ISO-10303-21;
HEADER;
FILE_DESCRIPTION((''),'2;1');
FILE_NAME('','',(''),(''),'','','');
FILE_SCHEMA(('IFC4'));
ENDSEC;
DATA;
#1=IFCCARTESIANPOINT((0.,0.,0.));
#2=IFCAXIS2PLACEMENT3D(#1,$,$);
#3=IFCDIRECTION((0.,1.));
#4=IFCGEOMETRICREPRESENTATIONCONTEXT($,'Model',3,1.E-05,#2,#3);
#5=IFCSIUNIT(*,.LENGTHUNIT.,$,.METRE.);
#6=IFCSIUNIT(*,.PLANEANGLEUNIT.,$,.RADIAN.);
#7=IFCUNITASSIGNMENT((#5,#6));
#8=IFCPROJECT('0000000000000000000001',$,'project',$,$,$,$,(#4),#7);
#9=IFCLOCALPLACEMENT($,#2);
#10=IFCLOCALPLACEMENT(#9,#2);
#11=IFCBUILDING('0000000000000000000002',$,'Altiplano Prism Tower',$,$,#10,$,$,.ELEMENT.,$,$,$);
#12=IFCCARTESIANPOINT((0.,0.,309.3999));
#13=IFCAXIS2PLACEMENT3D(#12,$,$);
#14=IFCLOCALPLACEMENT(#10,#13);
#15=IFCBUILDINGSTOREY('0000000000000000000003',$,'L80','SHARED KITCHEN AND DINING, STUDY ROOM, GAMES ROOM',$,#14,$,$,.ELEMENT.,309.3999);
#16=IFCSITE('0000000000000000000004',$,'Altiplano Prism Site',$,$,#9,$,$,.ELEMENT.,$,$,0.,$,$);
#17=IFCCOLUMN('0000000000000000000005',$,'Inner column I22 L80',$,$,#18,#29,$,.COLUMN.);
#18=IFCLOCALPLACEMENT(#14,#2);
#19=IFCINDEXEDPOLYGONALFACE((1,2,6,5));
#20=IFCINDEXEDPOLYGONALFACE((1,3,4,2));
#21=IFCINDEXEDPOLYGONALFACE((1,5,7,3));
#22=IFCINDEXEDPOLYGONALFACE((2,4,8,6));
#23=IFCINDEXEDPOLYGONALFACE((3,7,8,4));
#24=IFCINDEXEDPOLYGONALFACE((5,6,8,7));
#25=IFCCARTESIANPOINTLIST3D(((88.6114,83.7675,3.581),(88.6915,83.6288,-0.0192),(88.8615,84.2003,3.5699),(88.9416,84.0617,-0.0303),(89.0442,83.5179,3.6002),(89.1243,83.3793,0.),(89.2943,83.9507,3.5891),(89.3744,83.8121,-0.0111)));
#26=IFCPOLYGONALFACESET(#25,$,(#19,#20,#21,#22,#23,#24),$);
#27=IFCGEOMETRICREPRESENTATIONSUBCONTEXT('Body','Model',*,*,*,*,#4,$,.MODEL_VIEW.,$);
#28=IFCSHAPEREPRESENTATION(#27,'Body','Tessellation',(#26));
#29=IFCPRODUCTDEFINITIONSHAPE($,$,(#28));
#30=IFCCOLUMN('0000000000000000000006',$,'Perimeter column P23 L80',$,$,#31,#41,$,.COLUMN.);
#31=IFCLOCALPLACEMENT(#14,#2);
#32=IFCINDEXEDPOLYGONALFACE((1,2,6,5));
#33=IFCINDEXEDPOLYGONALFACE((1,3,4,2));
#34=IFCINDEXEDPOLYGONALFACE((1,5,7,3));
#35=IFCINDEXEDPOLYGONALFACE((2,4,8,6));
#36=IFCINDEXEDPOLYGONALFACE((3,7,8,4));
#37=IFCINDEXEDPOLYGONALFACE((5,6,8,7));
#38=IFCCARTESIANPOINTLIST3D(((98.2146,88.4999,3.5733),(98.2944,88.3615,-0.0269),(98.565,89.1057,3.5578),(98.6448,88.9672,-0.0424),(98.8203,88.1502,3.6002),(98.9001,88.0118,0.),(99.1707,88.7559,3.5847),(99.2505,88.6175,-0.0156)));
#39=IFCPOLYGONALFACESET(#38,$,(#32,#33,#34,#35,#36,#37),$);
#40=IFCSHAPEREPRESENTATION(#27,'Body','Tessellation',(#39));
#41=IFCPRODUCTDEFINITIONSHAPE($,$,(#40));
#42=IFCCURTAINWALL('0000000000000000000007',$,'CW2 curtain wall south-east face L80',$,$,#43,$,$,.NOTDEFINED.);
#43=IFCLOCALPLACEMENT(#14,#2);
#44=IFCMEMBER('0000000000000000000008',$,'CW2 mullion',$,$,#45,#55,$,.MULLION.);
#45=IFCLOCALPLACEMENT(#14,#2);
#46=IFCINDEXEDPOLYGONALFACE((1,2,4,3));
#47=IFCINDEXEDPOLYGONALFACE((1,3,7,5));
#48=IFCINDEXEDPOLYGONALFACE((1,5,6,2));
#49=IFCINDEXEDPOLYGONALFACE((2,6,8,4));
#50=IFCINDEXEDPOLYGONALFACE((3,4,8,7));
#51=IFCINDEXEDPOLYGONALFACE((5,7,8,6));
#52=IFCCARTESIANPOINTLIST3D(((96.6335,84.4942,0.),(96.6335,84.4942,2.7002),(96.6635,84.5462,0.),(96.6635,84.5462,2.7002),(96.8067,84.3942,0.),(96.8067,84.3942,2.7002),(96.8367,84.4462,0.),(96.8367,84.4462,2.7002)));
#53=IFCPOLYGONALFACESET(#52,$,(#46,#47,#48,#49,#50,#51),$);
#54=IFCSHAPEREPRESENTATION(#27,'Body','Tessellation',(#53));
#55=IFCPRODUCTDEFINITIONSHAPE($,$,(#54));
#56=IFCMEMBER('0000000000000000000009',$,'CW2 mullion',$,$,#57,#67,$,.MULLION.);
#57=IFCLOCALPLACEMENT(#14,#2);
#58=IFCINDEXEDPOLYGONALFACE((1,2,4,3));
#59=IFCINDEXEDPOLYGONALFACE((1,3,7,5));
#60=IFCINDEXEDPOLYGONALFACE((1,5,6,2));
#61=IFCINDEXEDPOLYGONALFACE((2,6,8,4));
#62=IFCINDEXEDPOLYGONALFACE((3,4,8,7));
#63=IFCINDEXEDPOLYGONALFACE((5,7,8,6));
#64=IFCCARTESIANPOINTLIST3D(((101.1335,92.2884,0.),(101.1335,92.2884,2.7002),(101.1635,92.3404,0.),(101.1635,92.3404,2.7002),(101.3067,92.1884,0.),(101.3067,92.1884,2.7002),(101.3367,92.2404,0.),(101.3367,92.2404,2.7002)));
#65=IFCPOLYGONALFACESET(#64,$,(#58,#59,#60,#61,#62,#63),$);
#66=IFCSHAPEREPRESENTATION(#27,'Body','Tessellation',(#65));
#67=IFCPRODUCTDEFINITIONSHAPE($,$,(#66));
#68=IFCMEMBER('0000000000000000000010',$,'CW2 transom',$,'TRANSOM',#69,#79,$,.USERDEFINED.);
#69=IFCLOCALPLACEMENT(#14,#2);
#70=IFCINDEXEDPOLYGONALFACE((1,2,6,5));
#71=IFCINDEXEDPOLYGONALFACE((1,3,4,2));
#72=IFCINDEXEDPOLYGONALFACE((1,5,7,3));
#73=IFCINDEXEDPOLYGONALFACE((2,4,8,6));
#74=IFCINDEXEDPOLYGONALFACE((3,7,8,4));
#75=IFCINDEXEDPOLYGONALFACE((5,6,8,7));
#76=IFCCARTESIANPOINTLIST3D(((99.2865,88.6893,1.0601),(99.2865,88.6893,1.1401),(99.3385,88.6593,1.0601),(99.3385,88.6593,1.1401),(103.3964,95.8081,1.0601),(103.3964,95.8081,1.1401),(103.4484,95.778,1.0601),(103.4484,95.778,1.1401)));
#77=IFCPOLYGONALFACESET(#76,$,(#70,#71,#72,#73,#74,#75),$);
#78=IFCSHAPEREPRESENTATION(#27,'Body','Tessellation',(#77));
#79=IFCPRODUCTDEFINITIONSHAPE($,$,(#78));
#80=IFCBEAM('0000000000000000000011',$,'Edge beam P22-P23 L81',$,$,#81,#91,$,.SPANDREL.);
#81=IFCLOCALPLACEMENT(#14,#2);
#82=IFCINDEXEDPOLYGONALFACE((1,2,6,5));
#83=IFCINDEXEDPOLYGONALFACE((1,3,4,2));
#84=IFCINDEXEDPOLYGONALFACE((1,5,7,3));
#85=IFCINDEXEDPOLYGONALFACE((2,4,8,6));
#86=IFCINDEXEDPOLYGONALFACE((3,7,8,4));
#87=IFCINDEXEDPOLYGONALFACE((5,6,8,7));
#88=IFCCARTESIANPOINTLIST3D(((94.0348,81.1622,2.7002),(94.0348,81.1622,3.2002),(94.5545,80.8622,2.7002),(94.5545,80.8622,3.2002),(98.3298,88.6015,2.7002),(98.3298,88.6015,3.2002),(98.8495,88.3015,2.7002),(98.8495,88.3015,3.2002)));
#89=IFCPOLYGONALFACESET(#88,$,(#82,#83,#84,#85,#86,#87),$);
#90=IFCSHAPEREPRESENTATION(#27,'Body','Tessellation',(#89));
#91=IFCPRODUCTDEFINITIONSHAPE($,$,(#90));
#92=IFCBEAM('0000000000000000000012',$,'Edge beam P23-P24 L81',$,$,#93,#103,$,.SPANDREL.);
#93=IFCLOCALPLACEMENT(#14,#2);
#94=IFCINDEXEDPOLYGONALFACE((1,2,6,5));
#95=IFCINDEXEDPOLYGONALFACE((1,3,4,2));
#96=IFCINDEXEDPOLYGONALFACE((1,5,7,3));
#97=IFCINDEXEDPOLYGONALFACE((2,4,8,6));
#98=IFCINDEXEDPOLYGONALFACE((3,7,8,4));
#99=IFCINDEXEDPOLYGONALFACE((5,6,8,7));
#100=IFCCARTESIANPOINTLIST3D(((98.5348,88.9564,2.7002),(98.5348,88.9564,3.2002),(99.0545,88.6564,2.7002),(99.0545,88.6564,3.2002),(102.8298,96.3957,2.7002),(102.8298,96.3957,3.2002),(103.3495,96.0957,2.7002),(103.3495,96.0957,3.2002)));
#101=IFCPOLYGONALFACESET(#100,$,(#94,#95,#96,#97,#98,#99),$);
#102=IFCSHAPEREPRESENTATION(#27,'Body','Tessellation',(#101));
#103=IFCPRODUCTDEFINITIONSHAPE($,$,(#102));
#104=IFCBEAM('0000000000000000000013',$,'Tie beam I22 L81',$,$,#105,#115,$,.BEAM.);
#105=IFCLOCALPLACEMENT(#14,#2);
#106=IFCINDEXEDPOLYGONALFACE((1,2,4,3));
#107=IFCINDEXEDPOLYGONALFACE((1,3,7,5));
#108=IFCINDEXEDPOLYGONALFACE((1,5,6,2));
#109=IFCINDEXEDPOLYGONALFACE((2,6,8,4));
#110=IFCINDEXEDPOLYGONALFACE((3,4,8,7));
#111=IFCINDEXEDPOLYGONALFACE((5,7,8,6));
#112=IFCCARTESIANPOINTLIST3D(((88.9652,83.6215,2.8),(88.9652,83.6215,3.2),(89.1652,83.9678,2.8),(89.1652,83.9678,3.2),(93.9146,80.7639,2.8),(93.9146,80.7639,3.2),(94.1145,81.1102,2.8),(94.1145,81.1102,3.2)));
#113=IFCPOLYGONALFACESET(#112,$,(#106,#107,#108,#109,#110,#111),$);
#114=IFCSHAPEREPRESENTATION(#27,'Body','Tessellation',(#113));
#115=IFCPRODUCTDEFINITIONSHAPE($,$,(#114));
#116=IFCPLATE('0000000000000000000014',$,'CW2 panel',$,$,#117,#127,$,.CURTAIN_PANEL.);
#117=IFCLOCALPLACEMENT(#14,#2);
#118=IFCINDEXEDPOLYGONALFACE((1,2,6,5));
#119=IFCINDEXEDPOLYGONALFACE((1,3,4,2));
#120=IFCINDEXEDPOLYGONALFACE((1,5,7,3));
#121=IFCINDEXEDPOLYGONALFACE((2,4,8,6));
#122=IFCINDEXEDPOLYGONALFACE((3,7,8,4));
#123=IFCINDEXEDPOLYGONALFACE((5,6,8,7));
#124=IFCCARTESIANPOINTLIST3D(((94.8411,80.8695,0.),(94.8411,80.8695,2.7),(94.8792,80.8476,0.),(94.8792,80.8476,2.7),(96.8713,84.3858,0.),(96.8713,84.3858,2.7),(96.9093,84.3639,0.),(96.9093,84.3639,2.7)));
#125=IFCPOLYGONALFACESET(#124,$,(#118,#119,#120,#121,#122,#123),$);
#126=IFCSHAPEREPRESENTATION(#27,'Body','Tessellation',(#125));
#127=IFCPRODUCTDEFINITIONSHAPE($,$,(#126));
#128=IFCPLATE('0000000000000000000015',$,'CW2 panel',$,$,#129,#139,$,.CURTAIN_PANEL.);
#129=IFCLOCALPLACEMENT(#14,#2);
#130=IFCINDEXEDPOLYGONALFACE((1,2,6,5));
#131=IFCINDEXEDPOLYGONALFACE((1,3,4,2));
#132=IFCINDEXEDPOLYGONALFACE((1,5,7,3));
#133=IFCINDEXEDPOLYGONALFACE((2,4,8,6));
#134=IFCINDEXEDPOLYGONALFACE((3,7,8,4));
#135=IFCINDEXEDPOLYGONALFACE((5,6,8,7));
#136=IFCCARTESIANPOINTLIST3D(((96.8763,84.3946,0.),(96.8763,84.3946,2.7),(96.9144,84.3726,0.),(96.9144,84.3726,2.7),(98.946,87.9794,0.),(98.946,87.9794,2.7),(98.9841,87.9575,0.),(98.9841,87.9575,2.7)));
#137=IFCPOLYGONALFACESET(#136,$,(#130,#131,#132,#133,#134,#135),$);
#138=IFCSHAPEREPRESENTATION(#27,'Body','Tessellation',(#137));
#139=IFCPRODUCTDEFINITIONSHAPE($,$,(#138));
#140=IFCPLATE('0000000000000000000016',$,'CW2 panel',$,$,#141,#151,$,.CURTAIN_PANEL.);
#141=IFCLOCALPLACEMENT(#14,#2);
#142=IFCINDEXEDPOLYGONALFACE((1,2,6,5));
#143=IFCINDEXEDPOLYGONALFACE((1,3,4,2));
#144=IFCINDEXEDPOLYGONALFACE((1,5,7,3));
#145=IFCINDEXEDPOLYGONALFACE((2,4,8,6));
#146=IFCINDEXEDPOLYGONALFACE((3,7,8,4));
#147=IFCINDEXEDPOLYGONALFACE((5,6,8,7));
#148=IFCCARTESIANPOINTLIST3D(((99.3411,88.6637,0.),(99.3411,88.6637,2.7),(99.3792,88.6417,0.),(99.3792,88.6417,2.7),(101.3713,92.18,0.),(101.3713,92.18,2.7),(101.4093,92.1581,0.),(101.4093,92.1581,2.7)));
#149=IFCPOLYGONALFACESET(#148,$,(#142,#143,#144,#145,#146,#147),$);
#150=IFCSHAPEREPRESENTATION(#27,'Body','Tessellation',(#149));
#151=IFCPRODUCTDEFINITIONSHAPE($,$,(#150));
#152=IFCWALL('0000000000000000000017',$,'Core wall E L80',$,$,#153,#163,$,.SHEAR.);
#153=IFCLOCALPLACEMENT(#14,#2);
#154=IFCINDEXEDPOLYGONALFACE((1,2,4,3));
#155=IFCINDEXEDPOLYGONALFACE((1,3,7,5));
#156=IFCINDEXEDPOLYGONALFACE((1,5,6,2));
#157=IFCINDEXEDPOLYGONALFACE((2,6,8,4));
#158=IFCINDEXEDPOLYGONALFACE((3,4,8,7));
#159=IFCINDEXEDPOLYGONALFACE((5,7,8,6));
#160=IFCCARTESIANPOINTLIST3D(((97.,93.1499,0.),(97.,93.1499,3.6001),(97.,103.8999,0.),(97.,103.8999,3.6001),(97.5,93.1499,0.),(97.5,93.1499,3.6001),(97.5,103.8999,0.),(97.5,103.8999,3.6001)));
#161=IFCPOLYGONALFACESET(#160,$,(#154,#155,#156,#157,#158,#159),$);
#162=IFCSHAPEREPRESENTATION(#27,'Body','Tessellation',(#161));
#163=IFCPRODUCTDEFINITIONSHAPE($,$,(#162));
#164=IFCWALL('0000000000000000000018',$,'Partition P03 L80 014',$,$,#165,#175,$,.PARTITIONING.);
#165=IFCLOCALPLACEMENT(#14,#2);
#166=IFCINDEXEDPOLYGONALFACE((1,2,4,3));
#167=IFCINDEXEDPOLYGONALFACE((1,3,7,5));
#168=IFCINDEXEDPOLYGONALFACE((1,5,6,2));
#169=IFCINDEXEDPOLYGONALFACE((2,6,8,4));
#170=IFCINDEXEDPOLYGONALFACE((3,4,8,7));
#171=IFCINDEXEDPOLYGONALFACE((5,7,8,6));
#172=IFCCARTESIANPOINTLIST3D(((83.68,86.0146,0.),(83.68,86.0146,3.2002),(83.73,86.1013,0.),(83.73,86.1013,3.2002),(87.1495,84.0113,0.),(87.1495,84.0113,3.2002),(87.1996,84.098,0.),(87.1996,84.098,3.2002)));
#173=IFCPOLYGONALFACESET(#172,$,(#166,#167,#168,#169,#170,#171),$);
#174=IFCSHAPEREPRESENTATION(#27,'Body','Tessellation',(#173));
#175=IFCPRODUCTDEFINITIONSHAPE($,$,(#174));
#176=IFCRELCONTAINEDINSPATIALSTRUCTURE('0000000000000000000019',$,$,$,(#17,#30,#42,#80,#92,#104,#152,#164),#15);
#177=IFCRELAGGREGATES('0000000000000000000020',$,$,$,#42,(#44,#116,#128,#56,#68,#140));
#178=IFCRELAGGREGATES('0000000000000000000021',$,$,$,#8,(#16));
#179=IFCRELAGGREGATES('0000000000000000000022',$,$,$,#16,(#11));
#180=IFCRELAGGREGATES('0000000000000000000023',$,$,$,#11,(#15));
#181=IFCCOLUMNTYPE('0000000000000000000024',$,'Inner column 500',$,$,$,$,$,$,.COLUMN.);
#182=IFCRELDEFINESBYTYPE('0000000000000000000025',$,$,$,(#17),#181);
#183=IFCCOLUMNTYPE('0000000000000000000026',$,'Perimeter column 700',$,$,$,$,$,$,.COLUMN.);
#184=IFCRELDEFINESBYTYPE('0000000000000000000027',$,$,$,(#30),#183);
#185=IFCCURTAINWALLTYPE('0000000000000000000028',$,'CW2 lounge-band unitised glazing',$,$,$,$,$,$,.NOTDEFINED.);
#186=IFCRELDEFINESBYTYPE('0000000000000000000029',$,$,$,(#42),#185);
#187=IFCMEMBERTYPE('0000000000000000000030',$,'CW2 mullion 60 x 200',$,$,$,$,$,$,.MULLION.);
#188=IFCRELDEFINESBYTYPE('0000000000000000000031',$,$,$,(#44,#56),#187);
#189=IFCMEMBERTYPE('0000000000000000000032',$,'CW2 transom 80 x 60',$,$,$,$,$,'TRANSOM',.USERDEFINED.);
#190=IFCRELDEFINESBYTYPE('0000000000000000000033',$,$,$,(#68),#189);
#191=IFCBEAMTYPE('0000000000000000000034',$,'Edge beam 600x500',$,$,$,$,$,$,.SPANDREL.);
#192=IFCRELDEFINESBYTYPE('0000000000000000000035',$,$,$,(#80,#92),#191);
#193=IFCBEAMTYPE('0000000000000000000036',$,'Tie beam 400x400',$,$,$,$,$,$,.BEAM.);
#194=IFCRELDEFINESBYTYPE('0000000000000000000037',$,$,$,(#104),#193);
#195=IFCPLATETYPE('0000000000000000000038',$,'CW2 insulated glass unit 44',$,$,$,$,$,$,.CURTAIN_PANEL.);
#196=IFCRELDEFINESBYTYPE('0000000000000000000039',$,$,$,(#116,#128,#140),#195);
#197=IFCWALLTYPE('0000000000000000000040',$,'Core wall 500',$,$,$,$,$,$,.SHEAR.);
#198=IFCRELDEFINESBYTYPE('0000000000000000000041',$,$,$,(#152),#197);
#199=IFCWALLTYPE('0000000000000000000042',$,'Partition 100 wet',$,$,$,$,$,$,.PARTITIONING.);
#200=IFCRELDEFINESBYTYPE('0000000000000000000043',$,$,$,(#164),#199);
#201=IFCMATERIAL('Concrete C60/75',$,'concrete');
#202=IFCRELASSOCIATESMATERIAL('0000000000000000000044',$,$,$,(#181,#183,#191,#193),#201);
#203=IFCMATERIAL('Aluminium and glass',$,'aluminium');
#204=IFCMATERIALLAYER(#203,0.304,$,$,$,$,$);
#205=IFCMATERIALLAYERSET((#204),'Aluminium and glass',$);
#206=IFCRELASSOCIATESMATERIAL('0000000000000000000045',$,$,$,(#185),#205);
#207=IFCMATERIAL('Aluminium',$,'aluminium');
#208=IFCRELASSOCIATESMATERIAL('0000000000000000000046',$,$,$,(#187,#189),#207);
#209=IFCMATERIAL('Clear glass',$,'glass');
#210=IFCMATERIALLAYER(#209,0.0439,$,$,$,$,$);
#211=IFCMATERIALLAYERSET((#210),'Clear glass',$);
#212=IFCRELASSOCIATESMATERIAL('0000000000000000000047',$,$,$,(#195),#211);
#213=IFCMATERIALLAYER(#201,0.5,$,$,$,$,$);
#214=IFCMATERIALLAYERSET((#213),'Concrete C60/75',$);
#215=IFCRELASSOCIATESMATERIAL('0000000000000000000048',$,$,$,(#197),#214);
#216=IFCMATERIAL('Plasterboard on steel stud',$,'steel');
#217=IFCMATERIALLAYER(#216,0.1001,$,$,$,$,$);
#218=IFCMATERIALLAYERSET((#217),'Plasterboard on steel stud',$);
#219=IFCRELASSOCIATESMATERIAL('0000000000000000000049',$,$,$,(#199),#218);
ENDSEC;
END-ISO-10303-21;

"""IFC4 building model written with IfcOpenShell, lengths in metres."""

from ifc_helpers import new_model, si_unit, direction, frame, frame_2d, origin, origin_2d, place, context, subcontext, project, spatial, rectangle, extrude, material, layer, layer_set, material_profile, profile_set, type_object, element, aggregate, save


model = new_model("IFC4")

# Units and contexts
model_context = context("Model", 3, precision=1e-05, world=origin(), true_north=direction((0.0, 1.0)))
body_context = subcontext(model_context, "Body", "Model", "MODEL_VIEW")
ifc_project = project(units=[si_unit("LENGTHUNIT", "METRE"), si_unit("PLANEANGLEUNIT", "RADIAN")], contexts=[model_context])

# Site, building, storey
site_placement = place(None, origin())
site = spatial("IfcSite", under=ifc_project, at=site_placement, Name="Altiplano Prism Site", CompositionType="ELEMENT", RefElevation=0.0)
building_placement = place(site_placement, origin())
building = spatial("IfcBuilding", under=site, at=building_placement, Name="Altiplano Prism Tower", CompositionType="ELEMENT")
storey_placement = place(building_placement, frame((0.0, 0.0, 309.3999)))
storey = spatial("IfcBuildingStorey", under=building, at=storey_placement, Name="L80", Description="SHARED KITCHEN AND DINING, STUDY ROOM, GAMES ROOM", CompositionType="ELEMENT", Elevation=309.3999)

# Columns
ifc_material_1 = material(Name="Concrete C60/75", Category="concrete")
ifc_material_profile_1 = material_profile(ifc_material_1, rectangle(XDim=0.5, YDim=0.5, at=origin_2d()), Name="Inner column 500")
ifc_profile_set_1 = profile_set([ifc_material_profile_1], Name="Concrete C60/75")
column_type_1 = type_object("IfcColumnType", Name="Inner column 500", PredefinedType="COLUMN", material=ifc_profile_set_1)
column_1_placement = place(storey_placement, frame((89.033, 83.7205, -0.0151), z_axis=(-0.022221, 0.038481, 0.999012), x_axis=(-0.500175, -0.865639, 0.022218)))
element("IfcColumn", 1, at=column_1_placement, inside=storey, type_object=column_type_1, Name="Inner column I22 L80", PredefinedType="COLUMN", context=body_context, shape_type="SweptSolid", body=[
    extrude(rectangle(XDim=0.5, YDim=0.5, at=origin_2d()), origin(), (0.0, 0.0, 1.0), 3.6038),
])
ifc_material_profile_2 = material_profile(ifc_material_1, rectangle(XDim=0.7, YDim=0.7, at=origin_2d()), Name="Perimeter column 700")
ifc_profile_set_2 = profile_set([ifc_material_profile_2], Name="Concrete C60/75")
column_type_2 = type_object("IfcColumnType", Name="Perimeter column 700", PredefinedType="COLUMN", material=ifc_profile_set_2)
column_2_placement = place(storey_placement, frame((98.7725, 88.4895, -0.0212), z_axis=(-0.022154, 0.038413, 0.999016), x_axis=(-0.500653, -0.865364, 0.022172)))
element("IfcColumn", 2, at=column_2_placement, inside=storey, type_object=column_type_2, Name="Perimeter column P23 L80", PredefinedType="COLUMN", context=body_context, shape_type="SweptSolid", body=[
    extrude(rectangle(XDim=0.7, YDim=0.7, at=origin_2d()), origin(), (0.0, 0.0, 1.0), 3.6038),
])

# Curtain wall, members
ifc_material_2 = material(Name="Aluminium and glass", Category="aluminium")
ifc_layer_1 = layer(ifc_material_2, 0.304)
ifc_layer_set_1 = layer_set([ifc_layer_1], Name="Aluminium and glass")
curtain_wall_type = type_object("IfcCurtainWallType", Name="CW2 lounge-band unitised glazing", PredefinedType="NOTDEFINED", material=ifc_layer_set_1)
curtain_wall_placement = place(storey_placement, origin())
curtain_wall = element("IfcCurtainWall", 3, at=curtain_wall_placement, inside=storey, type_object=curtain_wall_type, Name="CW2 curtain wall south-east face L80", PredefinedType="NOTDEFINED")
ifc_material_3 = material(Name="Aluminium", Category="aluminium")
ifc_material_profile_3 = material_profile(ifc_material_3, rectangle(XDim=0.2, YDim=0.0601, at=origin_2d()), Name="CW2 mullion 60 x 200")
ifc_profile_set_3 = profile_set([ifc_material_profile_3], Name="Aluminium")
member_type_1 = type_object("IfcMemberType", Name="CW2 mullion 60 x 200", PredefinedType="MULLION", material=ifc_profile_set_3)
member_1_placement = place(storey_placement, frame((96.7351, 84.4702, 0.0), z_axis=(0.0, 0.0, 1.0), x_axis=(-0.866025, 0.5, 0.0)))
member_1 = element("IfcMember", 4, at=member_1_placement, type_object=member_type_1, Name="CW2 mullion", PredefinedType="MULLION", context=body_context, shape_type="SweptSolid", body=[
    extrude(rectangle(XDim=0.2, YDim=0.0601, at=origin_2d()), origin(), (0.0, 0.0, 1.0), 2.7002),
])
member_2_placement = place(storey_placement, frame((101.2351, 92.2644, 0.0), z_axis=(0.0, 0.0, 1.0), x_axis=(-0.866025, 0.5, 0.0)))
member_2 = element("IfcMember", 5, at=member_2_placement, type_object=member_type_1, Name="CW2 mullion", PredefinedType="MULLION", context=body_context, shape_type="SweptSolid", body=[
    extrude(rectangle(XDim=0.2, YDim=0.0601, at=origin_2d()), origin(), (0.0, 0.0, 1.0), 2.7002),
])
ifc_material_profile_4 = material_profile(ifc_material_3, rectangle(XDim=0.0601, YDim=0.0801, at=origin_2d()), Name="CW2 transom 80 x 60")
ifc_profile_set_4 = profile_set([ifc_material_profile_4], Name="Aluminium")
member_type_2 = type_object("IfcMemberType", Name="CW2 transom 80 x 60", ElementType="TRANSOM", PredefinedType="USERDEFINED", material=ifc_profile_set_4)
member_3_placement = place(storey_placement, frame((99.3125, 88.6743, 1.1001), z_axis=(0.499992, 0.86603, 0.0), x_axis=(-0.86603, 0.499992, 0.0)))
member_3 = element("IfcMember", 6, at=member_3_placement, type_object=member_type_2, Name="CW2 transom", ObjectType="TRANSOM", PredefinedType="USERDEFINED", context=body_context, shape_type="SweptSolid", body=[
    extrude(rectangle(XDim=0.0601, YDim=0.0801, at=origin_2d()), origin(), (0.0, 0.0, 1.0), 8.22),
])

# Beams
ifc_material_profile_5 = material_profile(ifc_material_1, rectangle(XDim=0.6001, YDim=0.5, at=origin_2d()), Name="Edge beam 600x500")
ifc_profile_set_5 = profile_set([ifc_material_profile_5], Name="Concrete C60/75")
beam_type_1 = type_object("IfcBeamType", Name="Edge beam 600x500", PredefinedType="SPANDREL", material=ifc_profile_set_5)
for number, where, z_axis, x_axis, name in (
    (7, (94.2947, 81.0122, 2.9502), (0.499991, 0.866031, 0.0), (-0.866031, 0.499991, 0.0), "Edge beam P22-P23 L81"),
    (8, (98.7947, 88.8064, 2.9502), (0.499991, 0.866031, 0.0), (-0.866031, 0.499991, 0.0), "Edge beam P23-P24 L81"),
):
    element("IfcBeam", number, at=place(storey_placement, frame(where, z_axis=z_axis, x_axis=x_axis)), inside=storey, type_object=beam_type_1, Name=name, PredefinedType="SPANDREL", context=body_context, shape_type="SweptSolid", body=[
        extrude(rectangle(XDim=0.6001, YDim=0.5, at=origin_2d()), origin(), (0.0, 0.0, 1.0), 8.5901),
    ])
ifc_material_profile_6 = material_profile(ifc_material_1, rectangle(XDim=0.3999, YDim=0.3999, at=origin_2d()), Name="Tie beam 400x400")
ifc_profile_set_6 = profile_set([ifc_material_profile_6], Name="Concrete C60/75")
beam_type_2 = type_object("IfcBeamType", Name="Tie beam 400x400", PredefinedType="BEAM", material=ifc_profile_set_6)
beam_placement = place(storey_placement, frame((89.0652, 83.7947, 3.0), z_axis=(0.866018, -0.500012, 0.0), x_axis=(0.500012, 0.866018, 0.0)))
element("IfcBeam", 9, at=beam_placement, inside=storey, type_object=beam_type_2, Name="Tie beam I22 L81", PredefinedType="BEAM", context=body_context, shape_type="SweptSolid", body=[
    extrude(rectangle(XDim=0.3999, YDim=0.3999, at=origin_2d()), origin(), (0.0, 0.0, 1.0), 5.7151),
])

# Plates
ifc_material_4 = material(Name="Clear glass", Category="glass")
ifc_layer_2 = layer(ifc_material_4, 0.0439)
ifc_layer_set_2 = layer_set([ifc_layer_2], Name="Clear glass")
plate_type = type_object("IfcPlateType", Name="CW2 insulated glass unit 44", PredefinedType="CURTAIN_PANEL", material=ifc_layer_set_2)
plate_1_placement = place(storey_placement, frame((95.8752, 82.6167, 0.0), z_axis=(0.0, 0.0, 1.0), x_axis=(0.5, 0.866025, 0.0)))
plate_1 = element("IfcPlate", 10, at=plate_1_placement, type_object=plate_type, Name="CW2 panel", PredefinedType="CURTAIN_PANEL", context=body_context, shape_type="SweptSolid", body=[
    extrude(rectangle(XDim=4.0603, YDim=0.0439, at=origin_2d()), origin(), (0.0, 0.0, 1.0), 2.7),
])
plate_2_placement = place(storey_placement, frame((97.9302, 86.176, 0.0), z_axis=(0.0, 0.0, 1.0), x_axis=(0.5, 0.866025, 0.0)))
plate_2 = element("IfcPlate", 11, at=plate_2_placement, type_object=plate_type, Name="CW2 panel", PredefinedType="CURTAIN_PANEL", context=body_context, shape_type="SweptSolid", body=[
    extrude(rectangle(XDim=4.1394, YDim=0.0439, at=origin_2d()), origin(), (0.0, 0.0, 1.0), 2.7),
])
plate_3_placement = place(storey_placement, frame((100.3752, 90.4109, 0.0), z_axis=(0.0, 0.0, 1.0), x_axis=(0.5, 0.866025, 0.0)))
plate_3 = element("IfcPlate", 12, at=plate_3_placement, type_object=plate_type, Name="CW2 panel", PredefinedType="CURTAIN_PANEL", context=body_context, shape_type="SweptSolid", body=[
    extrude(rectangle(XDim=4.0603, YDim=0.0439, at=origin_2d()), origin(), (0.0, 0.0, 1.0), 2.7),
])
aggregate(curtain_wall, [member_1, plate_1, plate_2, member_2, member_3, plate_3])

# Walls
ifc_layer_3 = layer(ifc_material_1, 0.5)
ifc_layer_set_3 = layer_set([ifc_layer_3], Name="Concrete C60/75")
wall_type_1 = type_object("IfcWallType", Name="Core wall 500", PredefinedType="SHEAR", material=ifc_layer_set_3)
wall_1_placement = place(storey_placement, frame((97.25, 93.1499, 0.0), z_axis=(0.0, 0.0, 1.0), x_axis=(0.0, 1.0, 0.0)))
element("IfcWall", 13, at=wall_1_placement, inside=storey, type_object=wall_type_1, Name="Core wall E L80", PredefinedType="SHEAR", context=body_context, shape_type="SweptSolid", body=[
    extrude(rectangle(XDim=10.75, YDim=0.5, at=frame_2d((5.375, 0.0))), origin(), (0.0, 0.0, 1.0), 3.6001),
])
ifc_material_5 = material(Name="Plasterboard on steel stud", Category="steel")
ifc_layer_4 = layer(ifc_material_5, 0.1001)
ifc_layer_set_4 = layer_set([ifc_layer_4], Name="Plasterboard on steel stud")
wall_type_2 = type_object("IfcWallType", Name="Partition 100 wet", PredefinedType="PARTITIONING", material=ifc_layer_set_4)
wall_2_placement = place(storey_placement, frame((87.1746, 84.0547, 0.0), z_axis=(0.0, 0.0, 1.0), x_axis=(-0.866018, 0.500013, 0.0)))
element("IfcWall", 14, at=wall_2_placement, inside=storey, type_object=wall_type_2, Name="Partition P03 L80 014", PredefinedType="PARTITIONING", context=body_context, shape_type="SweptSolid", body=[
    extrude(rectangle(XDim=4.0063, YDim=0.1001, at=frame_2d((2.0032, 0.0))), origin(), (0.0, 0.0, 1.0), 3.2002),
])

save(model, "model.ifc")
